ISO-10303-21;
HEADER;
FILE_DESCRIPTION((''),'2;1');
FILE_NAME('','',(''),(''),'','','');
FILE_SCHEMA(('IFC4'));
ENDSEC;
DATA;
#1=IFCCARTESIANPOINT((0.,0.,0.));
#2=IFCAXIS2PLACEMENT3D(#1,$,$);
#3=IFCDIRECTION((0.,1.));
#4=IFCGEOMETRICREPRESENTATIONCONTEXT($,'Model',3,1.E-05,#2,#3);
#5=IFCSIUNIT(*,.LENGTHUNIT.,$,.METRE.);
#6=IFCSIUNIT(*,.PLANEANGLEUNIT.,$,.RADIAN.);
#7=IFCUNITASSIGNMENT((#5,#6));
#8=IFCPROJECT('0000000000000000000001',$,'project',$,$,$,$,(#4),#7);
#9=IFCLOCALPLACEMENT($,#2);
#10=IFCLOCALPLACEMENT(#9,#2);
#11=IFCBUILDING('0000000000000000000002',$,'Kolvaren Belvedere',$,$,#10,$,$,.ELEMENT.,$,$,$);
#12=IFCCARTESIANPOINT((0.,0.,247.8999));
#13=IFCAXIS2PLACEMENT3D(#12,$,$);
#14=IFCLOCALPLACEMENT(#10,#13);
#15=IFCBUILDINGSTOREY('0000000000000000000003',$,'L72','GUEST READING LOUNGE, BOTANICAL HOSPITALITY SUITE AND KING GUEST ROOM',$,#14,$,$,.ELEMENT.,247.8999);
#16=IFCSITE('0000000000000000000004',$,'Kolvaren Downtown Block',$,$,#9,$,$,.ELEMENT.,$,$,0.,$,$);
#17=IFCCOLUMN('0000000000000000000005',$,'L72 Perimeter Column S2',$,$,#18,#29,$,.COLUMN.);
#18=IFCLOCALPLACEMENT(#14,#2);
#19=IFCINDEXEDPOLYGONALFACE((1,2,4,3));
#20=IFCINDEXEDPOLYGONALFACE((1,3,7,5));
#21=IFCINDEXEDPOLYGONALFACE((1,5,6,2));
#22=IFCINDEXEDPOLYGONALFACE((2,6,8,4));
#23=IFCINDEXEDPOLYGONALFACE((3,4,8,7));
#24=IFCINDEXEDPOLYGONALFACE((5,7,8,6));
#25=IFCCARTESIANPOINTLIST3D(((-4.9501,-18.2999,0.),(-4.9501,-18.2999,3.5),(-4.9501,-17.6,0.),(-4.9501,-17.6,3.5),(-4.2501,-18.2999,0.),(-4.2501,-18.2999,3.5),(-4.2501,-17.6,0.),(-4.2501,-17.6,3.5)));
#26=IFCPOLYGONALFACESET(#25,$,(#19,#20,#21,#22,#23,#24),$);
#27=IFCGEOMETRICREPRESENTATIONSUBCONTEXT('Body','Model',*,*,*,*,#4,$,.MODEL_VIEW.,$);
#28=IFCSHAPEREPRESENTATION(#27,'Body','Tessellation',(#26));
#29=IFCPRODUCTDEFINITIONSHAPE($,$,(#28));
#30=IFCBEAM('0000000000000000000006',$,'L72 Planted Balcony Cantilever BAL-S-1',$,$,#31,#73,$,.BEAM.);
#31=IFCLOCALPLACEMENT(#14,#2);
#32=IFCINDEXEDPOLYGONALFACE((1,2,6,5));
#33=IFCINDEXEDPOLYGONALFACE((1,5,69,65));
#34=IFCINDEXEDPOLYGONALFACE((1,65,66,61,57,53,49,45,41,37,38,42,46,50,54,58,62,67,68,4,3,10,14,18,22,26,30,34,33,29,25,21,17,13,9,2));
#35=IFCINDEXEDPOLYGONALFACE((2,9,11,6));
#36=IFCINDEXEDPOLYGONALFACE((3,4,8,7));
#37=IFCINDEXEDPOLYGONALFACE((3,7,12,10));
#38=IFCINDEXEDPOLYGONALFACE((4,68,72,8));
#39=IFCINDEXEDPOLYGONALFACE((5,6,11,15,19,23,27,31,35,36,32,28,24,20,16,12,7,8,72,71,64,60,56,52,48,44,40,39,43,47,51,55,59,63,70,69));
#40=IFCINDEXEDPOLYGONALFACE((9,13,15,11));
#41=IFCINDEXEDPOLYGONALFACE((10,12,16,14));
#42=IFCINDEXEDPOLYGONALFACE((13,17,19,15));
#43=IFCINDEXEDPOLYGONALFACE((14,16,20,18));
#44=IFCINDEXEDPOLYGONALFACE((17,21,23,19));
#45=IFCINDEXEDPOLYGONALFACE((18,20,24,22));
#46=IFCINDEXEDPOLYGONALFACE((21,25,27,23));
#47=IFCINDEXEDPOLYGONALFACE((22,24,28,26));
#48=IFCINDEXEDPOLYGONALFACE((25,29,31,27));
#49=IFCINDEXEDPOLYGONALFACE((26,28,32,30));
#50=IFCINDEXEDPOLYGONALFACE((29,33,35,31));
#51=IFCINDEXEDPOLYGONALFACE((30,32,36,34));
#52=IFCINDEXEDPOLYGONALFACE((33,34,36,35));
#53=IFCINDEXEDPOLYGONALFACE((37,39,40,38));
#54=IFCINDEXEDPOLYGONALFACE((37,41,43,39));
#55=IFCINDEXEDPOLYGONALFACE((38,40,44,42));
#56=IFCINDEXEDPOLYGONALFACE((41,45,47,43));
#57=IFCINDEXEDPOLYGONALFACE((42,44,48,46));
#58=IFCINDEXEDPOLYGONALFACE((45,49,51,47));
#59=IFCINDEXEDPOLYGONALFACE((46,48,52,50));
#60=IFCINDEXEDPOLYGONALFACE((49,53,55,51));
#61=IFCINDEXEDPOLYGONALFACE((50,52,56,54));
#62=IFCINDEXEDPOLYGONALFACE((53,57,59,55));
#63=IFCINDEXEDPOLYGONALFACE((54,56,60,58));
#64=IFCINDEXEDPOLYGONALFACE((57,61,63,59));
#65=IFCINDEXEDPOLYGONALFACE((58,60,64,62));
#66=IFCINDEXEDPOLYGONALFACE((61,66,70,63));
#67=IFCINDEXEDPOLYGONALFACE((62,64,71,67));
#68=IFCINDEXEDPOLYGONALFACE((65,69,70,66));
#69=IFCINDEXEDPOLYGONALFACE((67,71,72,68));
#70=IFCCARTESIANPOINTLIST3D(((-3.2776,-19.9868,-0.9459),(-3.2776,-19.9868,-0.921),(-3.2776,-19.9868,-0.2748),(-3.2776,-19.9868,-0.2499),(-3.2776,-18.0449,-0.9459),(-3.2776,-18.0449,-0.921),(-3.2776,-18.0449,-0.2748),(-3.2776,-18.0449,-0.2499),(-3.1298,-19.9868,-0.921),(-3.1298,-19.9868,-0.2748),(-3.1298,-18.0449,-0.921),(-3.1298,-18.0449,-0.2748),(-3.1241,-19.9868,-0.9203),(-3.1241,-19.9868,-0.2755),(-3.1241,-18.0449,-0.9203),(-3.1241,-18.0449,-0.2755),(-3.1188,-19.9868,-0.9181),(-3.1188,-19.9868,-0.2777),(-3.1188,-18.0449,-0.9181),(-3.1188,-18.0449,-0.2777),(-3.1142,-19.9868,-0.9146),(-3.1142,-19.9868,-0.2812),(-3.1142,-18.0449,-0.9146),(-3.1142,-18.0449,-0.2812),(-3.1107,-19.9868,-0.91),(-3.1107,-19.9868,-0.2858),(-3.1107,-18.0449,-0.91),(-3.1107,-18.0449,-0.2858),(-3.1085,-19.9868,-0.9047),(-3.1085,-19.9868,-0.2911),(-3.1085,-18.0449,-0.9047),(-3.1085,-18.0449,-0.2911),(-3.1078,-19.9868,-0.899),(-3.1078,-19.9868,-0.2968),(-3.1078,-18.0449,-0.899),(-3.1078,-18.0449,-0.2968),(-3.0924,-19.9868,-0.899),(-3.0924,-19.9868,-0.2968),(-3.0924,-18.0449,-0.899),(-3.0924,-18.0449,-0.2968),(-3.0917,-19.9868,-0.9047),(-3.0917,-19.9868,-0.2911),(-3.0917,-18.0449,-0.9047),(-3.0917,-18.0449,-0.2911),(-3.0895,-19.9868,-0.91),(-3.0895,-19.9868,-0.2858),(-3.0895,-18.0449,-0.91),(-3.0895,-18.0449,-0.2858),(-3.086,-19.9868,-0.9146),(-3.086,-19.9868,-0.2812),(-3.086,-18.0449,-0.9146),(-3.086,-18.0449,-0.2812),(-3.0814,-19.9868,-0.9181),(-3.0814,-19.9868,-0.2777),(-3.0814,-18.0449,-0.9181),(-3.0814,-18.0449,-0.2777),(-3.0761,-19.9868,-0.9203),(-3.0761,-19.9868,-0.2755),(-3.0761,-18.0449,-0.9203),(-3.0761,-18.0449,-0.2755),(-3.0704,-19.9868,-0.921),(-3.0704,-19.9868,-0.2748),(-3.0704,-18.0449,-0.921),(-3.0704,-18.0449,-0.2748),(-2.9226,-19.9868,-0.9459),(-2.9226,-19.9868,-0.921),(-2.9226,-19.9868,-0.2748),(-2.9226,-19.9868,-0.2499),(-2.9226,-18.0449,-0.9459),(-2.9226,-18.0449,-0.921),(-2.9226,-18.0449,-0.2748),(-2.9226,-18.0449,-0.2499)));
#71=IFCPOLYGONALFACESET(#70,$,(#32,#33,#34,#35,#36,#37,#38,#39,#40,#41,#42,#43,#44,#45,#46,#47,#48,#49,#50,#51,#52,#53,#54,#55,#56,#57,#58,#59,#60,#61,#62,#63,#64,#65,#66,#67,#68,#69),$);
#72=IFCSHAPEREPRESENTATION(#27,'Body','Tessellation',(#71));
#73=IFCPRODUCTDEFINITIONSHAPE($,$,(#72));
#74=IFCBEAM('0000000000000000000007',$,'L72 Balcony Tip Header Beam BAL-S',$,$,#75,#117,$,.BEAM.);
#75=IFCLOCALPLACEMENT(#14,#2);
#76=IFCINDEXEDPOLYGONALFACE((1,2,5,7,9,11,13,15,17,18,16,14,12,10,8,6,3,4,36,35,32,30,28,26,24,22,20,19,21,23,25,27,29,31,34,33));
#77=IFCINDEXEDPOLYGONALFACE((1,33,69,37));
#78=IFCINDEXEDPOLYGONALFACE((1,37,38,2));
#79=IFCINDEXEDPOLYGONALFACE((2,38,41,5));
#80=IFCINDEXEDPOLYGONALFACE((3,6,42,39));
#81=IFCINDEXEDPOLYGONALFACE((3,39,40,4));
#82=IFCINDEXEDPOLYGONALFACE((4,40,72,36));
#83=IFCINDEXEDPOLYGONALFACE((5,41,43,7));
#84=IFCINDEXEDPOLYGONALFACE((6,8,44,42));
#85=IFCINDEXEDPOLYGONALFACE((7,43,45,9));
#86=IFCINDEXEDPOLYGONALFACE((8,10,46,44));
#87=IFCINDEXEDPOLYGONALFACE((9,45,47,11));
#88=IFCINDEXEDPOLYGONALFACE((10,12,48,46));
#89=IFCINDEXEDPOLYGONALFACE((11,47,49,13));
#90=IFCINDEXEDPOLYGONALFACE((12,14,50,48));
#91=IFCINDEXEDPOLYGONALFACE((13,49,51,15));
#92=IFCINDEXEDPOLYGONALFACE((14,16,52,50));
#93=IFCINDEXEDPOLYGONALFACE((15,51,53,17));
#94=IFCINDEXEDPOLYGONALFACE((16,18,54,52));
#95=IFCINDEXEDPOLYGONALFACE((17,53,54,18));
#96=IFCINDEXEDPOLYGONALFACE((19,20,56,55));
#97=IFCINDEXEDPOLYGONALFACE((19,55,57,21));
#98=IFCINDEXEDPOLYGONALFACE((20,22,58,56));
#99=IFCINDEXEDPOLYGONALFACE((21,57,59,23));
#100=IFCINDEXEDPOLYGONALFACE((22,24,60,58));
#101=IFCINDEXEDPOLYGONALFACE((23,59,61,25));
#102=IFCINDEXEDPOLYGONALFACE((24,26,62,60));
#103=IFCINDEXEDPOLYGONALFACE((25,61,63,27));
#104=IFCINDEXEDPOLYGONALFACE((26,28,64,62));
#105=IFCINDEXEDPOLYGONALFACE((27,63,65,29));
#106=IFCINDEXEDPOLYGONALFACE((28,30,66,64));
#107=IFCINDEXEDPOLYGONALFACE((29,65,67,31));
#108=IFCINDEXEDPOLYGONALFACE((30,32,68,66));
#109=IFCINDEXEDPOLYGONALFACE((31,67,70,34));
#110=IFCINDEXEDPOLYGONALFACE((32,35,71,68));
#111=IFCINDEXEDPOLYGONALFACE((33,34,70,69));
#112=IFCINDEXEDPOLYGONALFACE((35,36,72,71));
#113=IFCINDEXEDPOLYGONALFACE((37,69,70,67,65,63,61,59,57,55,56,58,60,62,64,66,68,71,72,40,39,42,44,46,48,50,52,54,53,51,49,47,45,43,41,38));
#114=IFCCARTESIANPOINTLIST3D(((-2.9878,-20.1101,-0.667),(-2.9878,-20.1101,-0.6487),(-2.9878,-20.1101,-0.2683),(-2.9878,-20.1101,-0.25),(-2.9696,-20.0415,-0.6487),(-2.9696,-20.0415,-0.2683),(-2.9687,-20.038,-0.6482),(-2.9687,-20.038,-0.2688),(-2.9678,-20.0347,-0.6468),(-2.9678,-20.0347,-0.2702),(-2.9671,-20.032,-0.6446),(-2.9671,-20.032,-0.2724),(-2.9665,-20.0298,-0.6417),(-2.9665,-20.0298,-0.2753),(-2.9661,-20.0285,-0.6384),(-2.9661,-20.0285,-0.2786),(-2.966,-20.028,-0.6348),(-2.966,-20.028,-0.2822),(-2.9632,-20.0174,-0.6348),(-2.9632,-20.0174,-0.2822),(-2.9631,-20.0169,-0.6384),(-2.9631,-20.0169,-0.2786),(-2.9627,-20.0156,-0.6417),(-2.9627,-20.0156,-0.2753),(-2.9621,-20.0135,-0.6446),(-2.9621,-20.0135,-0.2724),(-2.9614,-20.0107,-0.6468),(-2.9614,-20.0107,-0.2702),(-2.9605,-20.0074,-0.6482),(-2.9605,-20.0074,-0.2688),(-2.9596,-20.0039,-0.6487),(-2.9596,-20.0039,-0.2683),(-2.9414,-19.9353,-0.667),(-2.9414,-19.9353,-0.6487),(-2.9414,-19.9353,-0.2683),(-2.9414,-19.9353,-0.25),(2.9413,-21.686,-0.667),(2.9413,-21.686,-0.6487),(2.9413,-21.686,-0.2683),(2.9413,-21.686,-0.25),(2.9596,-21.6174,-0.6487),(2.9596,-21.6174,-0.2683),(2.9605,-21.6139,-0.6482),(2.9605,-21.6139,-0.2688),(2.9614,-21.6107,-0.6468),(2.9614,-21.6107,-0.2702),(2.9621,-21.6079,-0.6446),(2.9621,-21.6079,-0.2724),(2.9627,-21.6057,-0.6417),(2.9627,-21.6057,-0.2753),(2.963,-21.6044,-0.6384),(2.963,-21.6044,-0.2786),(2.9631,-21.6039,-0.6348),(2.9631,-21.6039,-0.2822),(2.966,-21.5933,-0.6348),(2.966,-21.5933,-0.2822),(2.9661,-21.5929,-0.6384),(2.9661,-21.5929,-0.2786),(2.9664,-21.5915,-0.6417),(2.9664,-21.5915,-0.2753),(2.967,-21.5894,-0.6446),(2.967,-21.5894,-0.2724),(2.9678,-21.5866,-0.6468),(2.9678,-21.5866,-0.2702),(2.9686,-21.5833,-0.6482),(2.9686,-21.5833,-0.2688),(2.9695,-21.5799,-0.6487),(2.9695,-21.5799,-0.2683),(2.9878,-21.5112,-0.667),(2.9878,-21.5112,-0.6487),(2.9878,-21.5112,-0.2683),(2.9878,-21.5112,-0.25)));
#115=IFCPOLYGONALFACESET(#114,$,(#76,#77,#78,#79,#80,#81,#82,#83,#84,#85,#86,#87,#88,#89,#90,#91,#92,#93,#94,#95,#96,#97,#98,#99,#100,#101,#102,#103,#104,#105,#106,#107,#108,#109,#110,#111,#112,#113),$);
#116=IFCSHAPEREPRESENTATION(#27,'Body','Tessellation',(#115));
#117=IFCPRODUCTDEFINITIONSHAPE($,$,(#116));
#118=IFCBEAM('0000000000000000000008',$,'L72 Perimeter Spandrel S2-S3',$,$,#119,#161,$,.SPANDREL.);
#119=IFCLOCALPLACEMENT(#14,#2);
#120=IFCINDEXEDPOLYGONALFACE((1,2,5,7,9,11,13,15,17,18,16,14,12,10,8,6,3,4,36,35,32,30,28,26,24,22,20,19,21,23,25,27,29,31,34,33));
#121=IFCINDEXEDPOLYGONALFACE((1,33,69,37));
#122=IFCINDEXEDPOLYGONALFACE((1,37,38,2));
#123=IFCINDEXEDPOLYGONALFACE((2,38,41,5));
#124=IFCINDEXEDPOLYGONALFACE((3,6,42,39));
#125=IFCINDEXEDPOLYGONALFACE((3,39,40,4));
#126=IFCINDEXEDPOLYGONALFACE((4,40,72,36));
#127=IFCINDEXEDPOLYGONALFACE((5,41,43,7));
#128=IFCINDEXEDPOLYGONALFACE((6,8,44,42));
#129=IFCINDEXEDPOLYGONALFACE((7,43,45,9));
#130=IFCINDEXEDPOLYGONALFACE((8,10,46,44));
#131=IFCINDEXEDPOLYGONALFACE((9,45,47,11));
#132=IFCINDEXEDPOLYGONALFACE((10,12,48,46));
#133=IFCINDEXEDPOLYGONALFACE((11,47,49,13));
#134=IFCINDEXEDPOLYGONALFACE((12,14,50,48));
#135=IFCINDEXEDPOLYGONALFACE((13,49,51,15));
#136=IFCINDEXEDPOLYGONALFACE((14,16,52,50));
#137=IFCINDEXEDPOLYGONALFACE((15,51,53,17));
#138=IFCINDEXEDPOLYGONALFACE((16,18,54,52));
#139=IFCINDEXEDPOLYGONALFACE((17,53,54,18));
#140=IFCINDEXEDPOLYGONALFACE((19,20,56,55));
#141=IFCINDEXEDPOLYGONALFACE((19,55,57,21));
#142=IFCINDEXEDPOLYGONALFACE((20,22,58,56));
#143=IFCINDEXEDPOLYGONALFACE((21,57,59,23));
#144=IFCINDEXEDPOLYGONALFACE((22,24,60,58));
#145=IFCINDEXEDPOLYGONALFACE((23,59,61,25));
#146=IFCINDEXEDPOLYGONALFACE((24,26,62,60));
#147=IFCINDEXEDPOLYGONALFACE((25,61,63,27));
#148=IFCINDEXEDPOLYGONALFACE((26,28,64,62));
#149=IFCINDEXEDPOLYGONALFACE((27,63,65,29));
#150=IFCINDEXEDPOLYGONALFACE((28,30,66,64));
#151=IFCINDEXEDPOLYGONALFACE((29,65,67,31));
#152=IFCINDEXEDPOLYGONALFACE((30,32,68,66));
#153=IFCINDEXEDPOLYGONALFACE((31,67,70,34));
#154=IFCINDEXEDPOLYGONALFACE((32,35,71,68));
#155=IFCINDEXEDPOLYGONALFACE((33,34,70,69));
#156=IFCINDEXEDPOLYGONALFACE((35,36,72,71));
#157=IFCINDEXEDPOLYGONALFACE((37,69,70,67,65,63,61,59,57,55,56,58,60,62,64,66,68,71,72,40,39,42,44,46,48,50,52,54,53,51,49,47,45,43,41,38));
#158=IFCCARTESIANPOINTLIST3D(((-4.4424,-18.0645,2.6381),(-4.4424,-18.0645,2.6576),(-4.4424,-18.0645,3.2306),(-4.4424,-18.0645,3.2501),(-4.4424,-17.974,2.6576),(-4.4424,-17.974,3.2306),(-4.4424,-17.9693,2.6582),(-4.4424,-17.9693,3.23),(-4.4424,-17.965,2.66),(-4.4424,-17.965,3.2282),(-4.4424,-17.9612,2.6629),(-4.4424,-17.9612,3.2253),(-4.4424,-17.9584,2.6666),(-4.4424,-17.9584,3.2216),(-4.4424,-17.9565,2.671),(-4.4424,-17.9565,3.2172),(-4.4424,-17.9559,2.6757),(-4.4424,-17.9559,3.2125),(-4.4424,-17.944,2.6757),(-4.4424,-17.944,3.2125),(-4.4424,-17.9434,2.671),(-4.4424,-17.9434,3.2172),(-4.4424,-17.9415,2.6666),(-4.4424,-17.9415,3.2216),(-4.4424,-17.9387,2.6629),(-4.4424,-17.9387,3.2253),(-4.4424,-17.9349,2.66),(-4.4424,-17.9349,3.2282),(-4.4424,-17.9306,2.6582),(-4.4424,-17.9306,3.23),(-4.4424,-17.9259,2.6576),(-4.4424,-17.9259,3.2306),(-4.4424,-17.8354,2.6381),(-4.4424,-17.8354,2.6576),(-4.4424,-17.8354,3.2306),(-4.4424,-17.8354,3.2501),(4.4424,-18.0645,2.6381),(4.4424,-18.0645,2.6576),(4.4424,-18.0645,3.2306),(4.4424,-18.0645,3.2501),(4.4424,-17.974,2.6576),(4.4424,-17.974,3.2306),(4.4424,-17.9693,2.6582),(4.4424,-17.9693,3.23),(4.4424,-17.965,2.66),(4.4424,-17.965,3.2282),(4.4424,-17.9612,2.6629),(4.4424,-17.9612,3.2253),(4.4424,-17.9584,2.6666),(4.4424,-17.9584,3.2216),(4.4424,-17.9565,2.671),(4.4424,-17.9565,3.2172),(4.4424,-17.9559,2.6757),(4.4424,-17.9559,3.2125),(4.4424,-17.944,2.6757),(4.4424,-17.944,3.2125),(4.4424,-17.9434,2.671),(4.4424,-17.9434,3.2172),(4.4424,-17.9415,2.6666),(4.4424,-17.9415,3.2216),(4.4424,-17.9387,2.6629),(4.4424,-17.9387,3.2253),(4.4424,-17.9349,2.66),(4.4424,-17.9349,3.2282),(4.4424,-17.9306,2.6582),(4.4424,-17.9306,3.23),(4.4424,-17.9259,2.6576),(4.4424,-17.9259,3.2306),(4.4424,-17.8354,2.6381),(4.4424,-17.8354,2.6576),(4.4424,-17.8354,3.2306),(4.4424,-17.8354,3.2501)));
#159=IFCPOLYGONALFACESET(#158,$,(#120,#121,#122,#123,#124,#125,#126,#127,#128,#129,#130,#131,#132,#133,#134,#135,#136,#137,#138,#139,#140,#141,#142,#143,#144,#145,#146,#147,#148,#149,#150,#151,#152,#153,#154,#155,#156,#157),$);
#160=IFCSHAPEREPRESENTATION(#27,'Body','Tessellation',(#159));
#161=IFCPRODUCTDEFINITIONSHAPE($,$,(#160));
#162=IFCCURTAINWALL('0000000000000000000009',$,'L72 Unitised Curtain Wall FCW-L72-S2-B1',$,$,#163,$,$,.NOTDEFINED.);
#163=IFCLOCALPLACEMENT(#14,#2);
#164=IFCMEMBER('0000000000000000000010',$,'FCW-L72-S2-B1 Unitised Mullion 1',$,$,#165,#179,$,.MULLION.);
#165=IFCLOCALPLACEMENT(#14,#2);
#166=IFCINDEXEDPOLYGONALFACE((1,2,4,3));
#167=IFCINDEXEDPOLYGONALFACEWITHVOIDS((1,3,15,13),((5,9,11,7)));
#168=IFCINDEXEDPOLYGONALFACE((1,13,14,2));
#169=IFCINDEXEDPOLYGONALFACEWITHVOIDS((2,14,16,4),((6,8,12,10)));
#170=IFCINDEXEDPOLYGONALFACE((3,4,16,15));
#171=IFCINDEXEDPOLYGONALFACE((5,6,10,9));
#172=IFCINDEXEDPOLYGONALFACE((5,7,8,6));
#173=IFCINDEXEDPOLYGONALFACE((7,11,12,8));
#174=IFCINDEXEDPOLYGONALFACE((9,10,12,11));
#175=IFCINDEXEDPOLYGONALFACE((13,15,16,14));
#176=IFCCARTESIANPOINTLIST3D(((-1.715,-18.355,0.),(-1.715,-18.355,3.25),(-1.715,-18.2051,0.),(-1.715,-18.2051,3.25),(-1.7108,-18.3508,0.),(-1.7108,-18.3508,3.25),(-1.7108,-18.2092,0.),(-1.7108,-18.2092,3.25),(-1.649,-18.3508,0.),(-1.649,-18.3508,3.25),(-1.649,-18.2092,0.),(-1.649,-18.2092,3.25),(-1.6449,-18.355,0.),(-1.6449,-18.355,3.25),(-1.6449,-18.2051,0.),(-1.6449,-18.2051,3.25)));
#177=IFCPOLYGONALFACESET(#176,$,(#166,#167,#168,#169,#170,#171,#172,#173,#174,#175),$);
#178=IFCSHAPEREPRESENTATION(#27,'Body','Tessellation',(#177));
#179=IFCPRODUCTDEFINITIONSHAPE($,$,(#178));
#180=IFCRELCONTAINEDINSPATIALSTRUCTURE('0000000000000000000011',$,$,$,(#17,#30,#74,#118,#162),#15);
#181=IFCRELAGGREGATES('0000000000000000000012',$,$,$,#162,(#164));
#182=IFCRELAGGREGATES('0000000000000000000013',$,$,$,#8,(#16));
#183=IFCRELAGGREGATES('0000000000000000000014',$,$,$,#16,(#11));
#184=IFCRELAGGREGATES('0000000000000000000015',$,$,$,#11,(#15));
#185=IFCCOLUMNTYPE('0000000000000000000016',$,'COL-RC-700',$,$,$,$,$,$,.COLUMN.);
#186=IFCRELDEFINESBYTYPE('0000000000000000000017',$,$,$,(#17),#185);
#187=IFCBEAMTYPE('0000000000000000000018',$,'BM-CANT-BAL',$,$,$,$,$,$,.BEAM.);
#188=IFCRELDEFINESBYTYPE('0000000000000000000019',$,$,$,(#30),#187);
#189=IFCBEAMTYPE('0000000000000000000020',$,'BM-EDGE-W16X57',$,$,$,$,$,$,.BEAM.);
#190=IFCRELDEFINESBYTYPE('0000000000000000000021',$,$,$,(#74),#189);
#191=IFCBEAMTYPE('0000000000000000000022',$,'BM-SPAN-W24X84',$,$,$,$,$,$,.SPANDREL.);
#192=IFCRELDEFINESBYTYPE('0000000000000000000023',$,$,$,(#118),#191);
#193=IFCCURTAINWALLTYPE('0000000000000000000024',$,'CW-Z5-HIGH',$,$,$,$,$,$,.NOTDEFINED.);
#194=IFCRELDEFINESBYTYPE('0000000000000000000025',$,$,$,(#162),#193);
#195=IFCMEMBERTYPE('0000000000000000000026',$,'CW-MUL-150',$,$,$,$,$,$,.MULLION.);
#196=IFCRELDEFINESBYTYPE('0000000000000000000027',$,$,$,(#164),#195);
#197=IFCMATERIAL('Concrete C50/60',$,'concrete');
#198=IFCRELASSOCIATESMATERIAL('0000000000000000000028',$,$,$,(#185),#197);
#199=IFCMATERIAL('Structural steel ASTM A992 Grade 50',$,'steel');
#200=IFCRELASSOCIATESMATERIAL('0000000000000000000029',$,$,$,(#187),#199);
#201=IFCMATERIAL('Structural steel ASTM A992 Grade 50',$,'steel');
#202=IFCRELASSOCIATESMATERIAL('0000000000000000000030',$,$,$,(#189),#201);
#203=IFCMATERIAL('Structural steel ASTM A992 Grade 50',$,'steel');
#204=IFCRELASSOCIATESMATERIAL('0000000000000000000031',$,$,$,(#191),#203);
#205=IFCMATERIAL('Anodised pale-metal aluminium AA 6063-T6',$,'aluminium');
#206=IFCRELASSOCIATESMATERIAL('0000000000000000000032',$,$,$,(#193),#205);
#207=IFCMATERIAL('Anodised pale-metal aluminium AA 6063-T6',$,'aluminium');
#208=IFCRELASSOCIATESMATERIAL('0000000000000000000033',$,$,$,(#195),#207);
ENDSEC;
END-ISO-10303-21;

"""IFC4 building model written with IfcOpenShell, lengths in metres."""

from ifc_helpers import new_model, si_unit, direction, frame, origin, origin_2d, place, context, subcontext, project, spatial, rectangle, hollow_rectangle, i_section, extrude, material, material_profile, profile_set, type_object, element, aggregate, save


model = new_model("IFC4")

# Units and contexts
model_context = context("Model", 3, precision=1e-05, world=origin(), true_north=direction((0.0, 1.0)))
body_context = subcontext(model_context, "Body", "Model", "MODEL_VIEW")
ifc_project = project(units=[si_unit("LENGTHUNIT", "METRE"), si_unit("PLANEANGLEUNIT", "RADIAN")], contexts=[model_context])

# Site, building, storey
site_placement = place(None, origin())
site = spatial("IfcSite", under=ifc_project, at=site_placement, Name="Kolvaren Downtown Block", CompositionType="ELEMENT", RefElevation=0.0)
building_placement = place(site_placement, origin())
building = spatial("IfcBuilding", under=site, at=building_placement, Name="Kolvaren Belvedere", CompositionType="ELEMENT")
storey_placement = place(building_placement, frame((0.0, 0.0, 247.8999)))
storey = spatial("IfcBuildingStorey", under=building, at=storey_placement, Name="L72", Description="GUEST READING LOUNGE, BOTANICAL HOSPITALITY SUITE AND KING GUEST ROOM", CompositionType="ELEMENT", Elevation=247.8999)

# Column
ifc_material_1 = material(Name="Concrete C50/60", Category="concrete")
ifc_material_profile_1 = material_profile(ifc_material_1, rectangle(XDim=0.7, YDim=0.7, at=origin_2d()), Name="RC 700X700")
ifc_profile_set_1 = profile_set([ifc_material_profile_1], Name="Concrete C50/60")
column_type = type_object("IfcColumnType", Name="COL-RC-700", PredefinedType="COLUMN", material=ifc_profile_set_1)
column_placement = place(storey_placement, frame((-4.6001, -17.95, 0.0), z_axis=(0.0, 0.0, 1.0), x_axis=(1.0, 0.0, 0.0)))
element("IfcColumn", 1, at=column_placement, inside=storey, type_object=column_type, Name="L72 Perimeter Column S2", PredefinedType="COLUMN", context=body_context, shape_type="SweptSolid", body=[
    extrude(rectangle(XDim=0.7, YDim=0.7, at=origin_2d()), origin(), (0.0, 0.0, 1.0), 3.5),
])

# Beams
ifc_material_2 = material(Name="Structural steel ASTM A992 Grade 50", Category="steel")
ifc_material_profile_2 = material_profile(ifc_material_2, i_section(OverallWidth=0.355, OverallDepth=0.696, WebThickness=0.0154, FlangeThickness=0.0249, FilletRadius=0.022, at=origin_2d()), Name="W27X146")
ifc_profile_set_2 = profile_set([ifc_material_profile_2], Name="Structural steel ASTM A992 Grade 50")
beam_type_1 = type_object("IfcBeamType", Name="BM-CANT-BAL", PredefinedType="BEAM", material=ifc_profile_set_2)
beam_1_placement = place(storey_placement, frame((-3.1001, -18.0449, -0.5979), z_axis=(0.0, -1.0, 0.0), x_axis=(1.0, 0.0, 0.0)))
element("IfcBeam", 2, at=beam_1_placement, inside=storey, type_object=beam_type_1, Name="L72 Planted Balcony Cantilever BAL-S-1", PredefinedType="BEAM", context=body_context, shape_type="SweptSolid", body=[
    extrude(i_section(OverallWidth=0.355, OverallDepth=0.696, WebThickness=0.0154, FlangeThickness=0.0249, FilletRadius=0.022, at=origin_2d()), origin(), (0.0, 0.0, 1.0), 1.9419),
])
ifc_material_3 = material(Name="Structural steel ASTM A992 Grade 50", Category="steel")
ifc_material_profile_3 = material_profile(ifc_material_3, i_section(OverallWidth=0.1809, OverallDepth=0.417, WebThickness=0.011, FlangeThickness=0.0183, FilletRadius=0.0139, at=origin_2d()), Name="W16X57")
ifc_profile_set_3 = profile_set([ifc_material_profile_3], Name="Structural steel ASTM A992 Grade 50")
beam_type_2 = type_object("IfcBeamType", Name="BM-EDGE-W16X57", PredefinedType="BEAM", material=ifc_profile_set_3)
beam_2_placement = place(storey_placement, frame((-2.9646, -20.0227, -0.4585), z_axis=(0.966445, -0.256872, 0.0), x_axis=(0.256872, 0.966445, 0.0)))
element("IfcBeam", 3, at=beam_2_placement, inside=storey, type_object=beam_type_2, Name="L72 Balcony Tip Header Beam BAL-S", PredefinedType="BEAM", context=body_context, shape_type="SweptSolid", body=[
    extrude(i_section(OverallWidth=0.1809, OverallDepth=0.417, WebThickness=0.011, FlangeThickness=0.0183, FilletRadius=0.0139, at=origin_2d()), origin(), (0.0, 0.0, 1.0), 6.135),
])
ifc_material_4 = material(Name="Structural steel ASTM A992 Grade 50", Category="steel")
ifc_material_profile_4 = material_profile(ifc_material_4, i_section(OverallWidth=0.229, OverallDepth=0.6121, WebThickness=0.012, FlangeThickness=0.0195, FilletRadius=0.0181, at=origin_2d()), Name="W24X84")
ifc_profile_set_4 = profile_set([ifc_material_profile_4], Name="Structural steel ASTM A992 Grade 50")
beam_type_3 = type_object("IfcBeamType", Name="BM-SPAN-W24X84", PredefinedType="SPANDREL", material=ifc_profile_set_4)
beam_3_placement = place(storey_placement, frame((-4.4424, -17.95, 2.9441), z_axis=(1.0, 0.0, 0.0), x_axis=(0.0, 1.0, 0.0)))
element("IfcBeam", 4, at=beam_3_placement, inside=storey, type_object=beam_type_3, Name="L72 Perimeter Spandrel S2-S3", PredefinedType="SPANDREL", context=body_context, shape_type="SweptSolid", body=[
    extrude(i_section(OverallWidth=0.229, OverallDepth=0.6121, WebThickness=0.012, FlangeThickness=0.0195, FilletRadius=0.0181, at=origin_2d()), origin(), (0.0, 0.0, 1.0), 8.8848),
])

# Curtain wall, member
ifc_material_5 = material(Name="Anodised pale-metal aluminium AA 6063-T6", Category="aluminium")
curtain_wall_type = type_object("IfcCurtainWallType", Name="CW-Z5-HIGH", PredefinedType="NOTDEFINED", material=ifc_material_5)
curtain_wall_1_placement = place(storey_placement, origin())
curtain_wall_1 = element("IfcCurtainWall", 5, at=curtain_wall_1_placement, inside=storey, type_object=curtain_wall_type, Name="L72 Unitised Curtain Wall FCW-L72-S2-B1", PredefinedType="NOTDEFINED")
ifc_material_6 = material(Name="Anodised pale-metal aluminium AA 6063-T6", Category="aluminium")
ifc_material_profile_5 = material_profile(ifc_material_6, hollow_rectangle(XDim=0.0701, YDim=0.1499, WallThickness=0.0042, at=origin_2d()), Name="ALU-MUL-150X70")
ifc_profile_set_5 = profile_set([ifc_material_profile_5], Name="Anodised pale-metal aluminium AA 6063-T6")
member_type_1 = type_object("IfcMemberType", Name="CW-MUL-150", PredefinedType="MULLION", material=ifc_profile_set_5)
member_1_placement = place(storey_placement, frame((-1.6799, -18.28, 0.0), z_axis=(0.0, 0.0, 1.0), x_axis=(1.0, 0.0, 0.0)))
member_1 = element("IfcMember", 6, at=member_1_placement, type_object=member_type_1, Name="FCW-L72-S2-B1 Unitised Mullion 1", PredefinedType="MULLION", context=body_context, shape_type="SweptSolid", body=[
    extrude(hollow_rectangle(XDim=0.0701, YDim=0.1499, WallThickness=0.0042, at=origin_2d()), origin(), (0.0, 0.0, 1.0), 3.25),
])

aggregate(curtain_wall_1, [member_1])

save(model, "model.ifc")
